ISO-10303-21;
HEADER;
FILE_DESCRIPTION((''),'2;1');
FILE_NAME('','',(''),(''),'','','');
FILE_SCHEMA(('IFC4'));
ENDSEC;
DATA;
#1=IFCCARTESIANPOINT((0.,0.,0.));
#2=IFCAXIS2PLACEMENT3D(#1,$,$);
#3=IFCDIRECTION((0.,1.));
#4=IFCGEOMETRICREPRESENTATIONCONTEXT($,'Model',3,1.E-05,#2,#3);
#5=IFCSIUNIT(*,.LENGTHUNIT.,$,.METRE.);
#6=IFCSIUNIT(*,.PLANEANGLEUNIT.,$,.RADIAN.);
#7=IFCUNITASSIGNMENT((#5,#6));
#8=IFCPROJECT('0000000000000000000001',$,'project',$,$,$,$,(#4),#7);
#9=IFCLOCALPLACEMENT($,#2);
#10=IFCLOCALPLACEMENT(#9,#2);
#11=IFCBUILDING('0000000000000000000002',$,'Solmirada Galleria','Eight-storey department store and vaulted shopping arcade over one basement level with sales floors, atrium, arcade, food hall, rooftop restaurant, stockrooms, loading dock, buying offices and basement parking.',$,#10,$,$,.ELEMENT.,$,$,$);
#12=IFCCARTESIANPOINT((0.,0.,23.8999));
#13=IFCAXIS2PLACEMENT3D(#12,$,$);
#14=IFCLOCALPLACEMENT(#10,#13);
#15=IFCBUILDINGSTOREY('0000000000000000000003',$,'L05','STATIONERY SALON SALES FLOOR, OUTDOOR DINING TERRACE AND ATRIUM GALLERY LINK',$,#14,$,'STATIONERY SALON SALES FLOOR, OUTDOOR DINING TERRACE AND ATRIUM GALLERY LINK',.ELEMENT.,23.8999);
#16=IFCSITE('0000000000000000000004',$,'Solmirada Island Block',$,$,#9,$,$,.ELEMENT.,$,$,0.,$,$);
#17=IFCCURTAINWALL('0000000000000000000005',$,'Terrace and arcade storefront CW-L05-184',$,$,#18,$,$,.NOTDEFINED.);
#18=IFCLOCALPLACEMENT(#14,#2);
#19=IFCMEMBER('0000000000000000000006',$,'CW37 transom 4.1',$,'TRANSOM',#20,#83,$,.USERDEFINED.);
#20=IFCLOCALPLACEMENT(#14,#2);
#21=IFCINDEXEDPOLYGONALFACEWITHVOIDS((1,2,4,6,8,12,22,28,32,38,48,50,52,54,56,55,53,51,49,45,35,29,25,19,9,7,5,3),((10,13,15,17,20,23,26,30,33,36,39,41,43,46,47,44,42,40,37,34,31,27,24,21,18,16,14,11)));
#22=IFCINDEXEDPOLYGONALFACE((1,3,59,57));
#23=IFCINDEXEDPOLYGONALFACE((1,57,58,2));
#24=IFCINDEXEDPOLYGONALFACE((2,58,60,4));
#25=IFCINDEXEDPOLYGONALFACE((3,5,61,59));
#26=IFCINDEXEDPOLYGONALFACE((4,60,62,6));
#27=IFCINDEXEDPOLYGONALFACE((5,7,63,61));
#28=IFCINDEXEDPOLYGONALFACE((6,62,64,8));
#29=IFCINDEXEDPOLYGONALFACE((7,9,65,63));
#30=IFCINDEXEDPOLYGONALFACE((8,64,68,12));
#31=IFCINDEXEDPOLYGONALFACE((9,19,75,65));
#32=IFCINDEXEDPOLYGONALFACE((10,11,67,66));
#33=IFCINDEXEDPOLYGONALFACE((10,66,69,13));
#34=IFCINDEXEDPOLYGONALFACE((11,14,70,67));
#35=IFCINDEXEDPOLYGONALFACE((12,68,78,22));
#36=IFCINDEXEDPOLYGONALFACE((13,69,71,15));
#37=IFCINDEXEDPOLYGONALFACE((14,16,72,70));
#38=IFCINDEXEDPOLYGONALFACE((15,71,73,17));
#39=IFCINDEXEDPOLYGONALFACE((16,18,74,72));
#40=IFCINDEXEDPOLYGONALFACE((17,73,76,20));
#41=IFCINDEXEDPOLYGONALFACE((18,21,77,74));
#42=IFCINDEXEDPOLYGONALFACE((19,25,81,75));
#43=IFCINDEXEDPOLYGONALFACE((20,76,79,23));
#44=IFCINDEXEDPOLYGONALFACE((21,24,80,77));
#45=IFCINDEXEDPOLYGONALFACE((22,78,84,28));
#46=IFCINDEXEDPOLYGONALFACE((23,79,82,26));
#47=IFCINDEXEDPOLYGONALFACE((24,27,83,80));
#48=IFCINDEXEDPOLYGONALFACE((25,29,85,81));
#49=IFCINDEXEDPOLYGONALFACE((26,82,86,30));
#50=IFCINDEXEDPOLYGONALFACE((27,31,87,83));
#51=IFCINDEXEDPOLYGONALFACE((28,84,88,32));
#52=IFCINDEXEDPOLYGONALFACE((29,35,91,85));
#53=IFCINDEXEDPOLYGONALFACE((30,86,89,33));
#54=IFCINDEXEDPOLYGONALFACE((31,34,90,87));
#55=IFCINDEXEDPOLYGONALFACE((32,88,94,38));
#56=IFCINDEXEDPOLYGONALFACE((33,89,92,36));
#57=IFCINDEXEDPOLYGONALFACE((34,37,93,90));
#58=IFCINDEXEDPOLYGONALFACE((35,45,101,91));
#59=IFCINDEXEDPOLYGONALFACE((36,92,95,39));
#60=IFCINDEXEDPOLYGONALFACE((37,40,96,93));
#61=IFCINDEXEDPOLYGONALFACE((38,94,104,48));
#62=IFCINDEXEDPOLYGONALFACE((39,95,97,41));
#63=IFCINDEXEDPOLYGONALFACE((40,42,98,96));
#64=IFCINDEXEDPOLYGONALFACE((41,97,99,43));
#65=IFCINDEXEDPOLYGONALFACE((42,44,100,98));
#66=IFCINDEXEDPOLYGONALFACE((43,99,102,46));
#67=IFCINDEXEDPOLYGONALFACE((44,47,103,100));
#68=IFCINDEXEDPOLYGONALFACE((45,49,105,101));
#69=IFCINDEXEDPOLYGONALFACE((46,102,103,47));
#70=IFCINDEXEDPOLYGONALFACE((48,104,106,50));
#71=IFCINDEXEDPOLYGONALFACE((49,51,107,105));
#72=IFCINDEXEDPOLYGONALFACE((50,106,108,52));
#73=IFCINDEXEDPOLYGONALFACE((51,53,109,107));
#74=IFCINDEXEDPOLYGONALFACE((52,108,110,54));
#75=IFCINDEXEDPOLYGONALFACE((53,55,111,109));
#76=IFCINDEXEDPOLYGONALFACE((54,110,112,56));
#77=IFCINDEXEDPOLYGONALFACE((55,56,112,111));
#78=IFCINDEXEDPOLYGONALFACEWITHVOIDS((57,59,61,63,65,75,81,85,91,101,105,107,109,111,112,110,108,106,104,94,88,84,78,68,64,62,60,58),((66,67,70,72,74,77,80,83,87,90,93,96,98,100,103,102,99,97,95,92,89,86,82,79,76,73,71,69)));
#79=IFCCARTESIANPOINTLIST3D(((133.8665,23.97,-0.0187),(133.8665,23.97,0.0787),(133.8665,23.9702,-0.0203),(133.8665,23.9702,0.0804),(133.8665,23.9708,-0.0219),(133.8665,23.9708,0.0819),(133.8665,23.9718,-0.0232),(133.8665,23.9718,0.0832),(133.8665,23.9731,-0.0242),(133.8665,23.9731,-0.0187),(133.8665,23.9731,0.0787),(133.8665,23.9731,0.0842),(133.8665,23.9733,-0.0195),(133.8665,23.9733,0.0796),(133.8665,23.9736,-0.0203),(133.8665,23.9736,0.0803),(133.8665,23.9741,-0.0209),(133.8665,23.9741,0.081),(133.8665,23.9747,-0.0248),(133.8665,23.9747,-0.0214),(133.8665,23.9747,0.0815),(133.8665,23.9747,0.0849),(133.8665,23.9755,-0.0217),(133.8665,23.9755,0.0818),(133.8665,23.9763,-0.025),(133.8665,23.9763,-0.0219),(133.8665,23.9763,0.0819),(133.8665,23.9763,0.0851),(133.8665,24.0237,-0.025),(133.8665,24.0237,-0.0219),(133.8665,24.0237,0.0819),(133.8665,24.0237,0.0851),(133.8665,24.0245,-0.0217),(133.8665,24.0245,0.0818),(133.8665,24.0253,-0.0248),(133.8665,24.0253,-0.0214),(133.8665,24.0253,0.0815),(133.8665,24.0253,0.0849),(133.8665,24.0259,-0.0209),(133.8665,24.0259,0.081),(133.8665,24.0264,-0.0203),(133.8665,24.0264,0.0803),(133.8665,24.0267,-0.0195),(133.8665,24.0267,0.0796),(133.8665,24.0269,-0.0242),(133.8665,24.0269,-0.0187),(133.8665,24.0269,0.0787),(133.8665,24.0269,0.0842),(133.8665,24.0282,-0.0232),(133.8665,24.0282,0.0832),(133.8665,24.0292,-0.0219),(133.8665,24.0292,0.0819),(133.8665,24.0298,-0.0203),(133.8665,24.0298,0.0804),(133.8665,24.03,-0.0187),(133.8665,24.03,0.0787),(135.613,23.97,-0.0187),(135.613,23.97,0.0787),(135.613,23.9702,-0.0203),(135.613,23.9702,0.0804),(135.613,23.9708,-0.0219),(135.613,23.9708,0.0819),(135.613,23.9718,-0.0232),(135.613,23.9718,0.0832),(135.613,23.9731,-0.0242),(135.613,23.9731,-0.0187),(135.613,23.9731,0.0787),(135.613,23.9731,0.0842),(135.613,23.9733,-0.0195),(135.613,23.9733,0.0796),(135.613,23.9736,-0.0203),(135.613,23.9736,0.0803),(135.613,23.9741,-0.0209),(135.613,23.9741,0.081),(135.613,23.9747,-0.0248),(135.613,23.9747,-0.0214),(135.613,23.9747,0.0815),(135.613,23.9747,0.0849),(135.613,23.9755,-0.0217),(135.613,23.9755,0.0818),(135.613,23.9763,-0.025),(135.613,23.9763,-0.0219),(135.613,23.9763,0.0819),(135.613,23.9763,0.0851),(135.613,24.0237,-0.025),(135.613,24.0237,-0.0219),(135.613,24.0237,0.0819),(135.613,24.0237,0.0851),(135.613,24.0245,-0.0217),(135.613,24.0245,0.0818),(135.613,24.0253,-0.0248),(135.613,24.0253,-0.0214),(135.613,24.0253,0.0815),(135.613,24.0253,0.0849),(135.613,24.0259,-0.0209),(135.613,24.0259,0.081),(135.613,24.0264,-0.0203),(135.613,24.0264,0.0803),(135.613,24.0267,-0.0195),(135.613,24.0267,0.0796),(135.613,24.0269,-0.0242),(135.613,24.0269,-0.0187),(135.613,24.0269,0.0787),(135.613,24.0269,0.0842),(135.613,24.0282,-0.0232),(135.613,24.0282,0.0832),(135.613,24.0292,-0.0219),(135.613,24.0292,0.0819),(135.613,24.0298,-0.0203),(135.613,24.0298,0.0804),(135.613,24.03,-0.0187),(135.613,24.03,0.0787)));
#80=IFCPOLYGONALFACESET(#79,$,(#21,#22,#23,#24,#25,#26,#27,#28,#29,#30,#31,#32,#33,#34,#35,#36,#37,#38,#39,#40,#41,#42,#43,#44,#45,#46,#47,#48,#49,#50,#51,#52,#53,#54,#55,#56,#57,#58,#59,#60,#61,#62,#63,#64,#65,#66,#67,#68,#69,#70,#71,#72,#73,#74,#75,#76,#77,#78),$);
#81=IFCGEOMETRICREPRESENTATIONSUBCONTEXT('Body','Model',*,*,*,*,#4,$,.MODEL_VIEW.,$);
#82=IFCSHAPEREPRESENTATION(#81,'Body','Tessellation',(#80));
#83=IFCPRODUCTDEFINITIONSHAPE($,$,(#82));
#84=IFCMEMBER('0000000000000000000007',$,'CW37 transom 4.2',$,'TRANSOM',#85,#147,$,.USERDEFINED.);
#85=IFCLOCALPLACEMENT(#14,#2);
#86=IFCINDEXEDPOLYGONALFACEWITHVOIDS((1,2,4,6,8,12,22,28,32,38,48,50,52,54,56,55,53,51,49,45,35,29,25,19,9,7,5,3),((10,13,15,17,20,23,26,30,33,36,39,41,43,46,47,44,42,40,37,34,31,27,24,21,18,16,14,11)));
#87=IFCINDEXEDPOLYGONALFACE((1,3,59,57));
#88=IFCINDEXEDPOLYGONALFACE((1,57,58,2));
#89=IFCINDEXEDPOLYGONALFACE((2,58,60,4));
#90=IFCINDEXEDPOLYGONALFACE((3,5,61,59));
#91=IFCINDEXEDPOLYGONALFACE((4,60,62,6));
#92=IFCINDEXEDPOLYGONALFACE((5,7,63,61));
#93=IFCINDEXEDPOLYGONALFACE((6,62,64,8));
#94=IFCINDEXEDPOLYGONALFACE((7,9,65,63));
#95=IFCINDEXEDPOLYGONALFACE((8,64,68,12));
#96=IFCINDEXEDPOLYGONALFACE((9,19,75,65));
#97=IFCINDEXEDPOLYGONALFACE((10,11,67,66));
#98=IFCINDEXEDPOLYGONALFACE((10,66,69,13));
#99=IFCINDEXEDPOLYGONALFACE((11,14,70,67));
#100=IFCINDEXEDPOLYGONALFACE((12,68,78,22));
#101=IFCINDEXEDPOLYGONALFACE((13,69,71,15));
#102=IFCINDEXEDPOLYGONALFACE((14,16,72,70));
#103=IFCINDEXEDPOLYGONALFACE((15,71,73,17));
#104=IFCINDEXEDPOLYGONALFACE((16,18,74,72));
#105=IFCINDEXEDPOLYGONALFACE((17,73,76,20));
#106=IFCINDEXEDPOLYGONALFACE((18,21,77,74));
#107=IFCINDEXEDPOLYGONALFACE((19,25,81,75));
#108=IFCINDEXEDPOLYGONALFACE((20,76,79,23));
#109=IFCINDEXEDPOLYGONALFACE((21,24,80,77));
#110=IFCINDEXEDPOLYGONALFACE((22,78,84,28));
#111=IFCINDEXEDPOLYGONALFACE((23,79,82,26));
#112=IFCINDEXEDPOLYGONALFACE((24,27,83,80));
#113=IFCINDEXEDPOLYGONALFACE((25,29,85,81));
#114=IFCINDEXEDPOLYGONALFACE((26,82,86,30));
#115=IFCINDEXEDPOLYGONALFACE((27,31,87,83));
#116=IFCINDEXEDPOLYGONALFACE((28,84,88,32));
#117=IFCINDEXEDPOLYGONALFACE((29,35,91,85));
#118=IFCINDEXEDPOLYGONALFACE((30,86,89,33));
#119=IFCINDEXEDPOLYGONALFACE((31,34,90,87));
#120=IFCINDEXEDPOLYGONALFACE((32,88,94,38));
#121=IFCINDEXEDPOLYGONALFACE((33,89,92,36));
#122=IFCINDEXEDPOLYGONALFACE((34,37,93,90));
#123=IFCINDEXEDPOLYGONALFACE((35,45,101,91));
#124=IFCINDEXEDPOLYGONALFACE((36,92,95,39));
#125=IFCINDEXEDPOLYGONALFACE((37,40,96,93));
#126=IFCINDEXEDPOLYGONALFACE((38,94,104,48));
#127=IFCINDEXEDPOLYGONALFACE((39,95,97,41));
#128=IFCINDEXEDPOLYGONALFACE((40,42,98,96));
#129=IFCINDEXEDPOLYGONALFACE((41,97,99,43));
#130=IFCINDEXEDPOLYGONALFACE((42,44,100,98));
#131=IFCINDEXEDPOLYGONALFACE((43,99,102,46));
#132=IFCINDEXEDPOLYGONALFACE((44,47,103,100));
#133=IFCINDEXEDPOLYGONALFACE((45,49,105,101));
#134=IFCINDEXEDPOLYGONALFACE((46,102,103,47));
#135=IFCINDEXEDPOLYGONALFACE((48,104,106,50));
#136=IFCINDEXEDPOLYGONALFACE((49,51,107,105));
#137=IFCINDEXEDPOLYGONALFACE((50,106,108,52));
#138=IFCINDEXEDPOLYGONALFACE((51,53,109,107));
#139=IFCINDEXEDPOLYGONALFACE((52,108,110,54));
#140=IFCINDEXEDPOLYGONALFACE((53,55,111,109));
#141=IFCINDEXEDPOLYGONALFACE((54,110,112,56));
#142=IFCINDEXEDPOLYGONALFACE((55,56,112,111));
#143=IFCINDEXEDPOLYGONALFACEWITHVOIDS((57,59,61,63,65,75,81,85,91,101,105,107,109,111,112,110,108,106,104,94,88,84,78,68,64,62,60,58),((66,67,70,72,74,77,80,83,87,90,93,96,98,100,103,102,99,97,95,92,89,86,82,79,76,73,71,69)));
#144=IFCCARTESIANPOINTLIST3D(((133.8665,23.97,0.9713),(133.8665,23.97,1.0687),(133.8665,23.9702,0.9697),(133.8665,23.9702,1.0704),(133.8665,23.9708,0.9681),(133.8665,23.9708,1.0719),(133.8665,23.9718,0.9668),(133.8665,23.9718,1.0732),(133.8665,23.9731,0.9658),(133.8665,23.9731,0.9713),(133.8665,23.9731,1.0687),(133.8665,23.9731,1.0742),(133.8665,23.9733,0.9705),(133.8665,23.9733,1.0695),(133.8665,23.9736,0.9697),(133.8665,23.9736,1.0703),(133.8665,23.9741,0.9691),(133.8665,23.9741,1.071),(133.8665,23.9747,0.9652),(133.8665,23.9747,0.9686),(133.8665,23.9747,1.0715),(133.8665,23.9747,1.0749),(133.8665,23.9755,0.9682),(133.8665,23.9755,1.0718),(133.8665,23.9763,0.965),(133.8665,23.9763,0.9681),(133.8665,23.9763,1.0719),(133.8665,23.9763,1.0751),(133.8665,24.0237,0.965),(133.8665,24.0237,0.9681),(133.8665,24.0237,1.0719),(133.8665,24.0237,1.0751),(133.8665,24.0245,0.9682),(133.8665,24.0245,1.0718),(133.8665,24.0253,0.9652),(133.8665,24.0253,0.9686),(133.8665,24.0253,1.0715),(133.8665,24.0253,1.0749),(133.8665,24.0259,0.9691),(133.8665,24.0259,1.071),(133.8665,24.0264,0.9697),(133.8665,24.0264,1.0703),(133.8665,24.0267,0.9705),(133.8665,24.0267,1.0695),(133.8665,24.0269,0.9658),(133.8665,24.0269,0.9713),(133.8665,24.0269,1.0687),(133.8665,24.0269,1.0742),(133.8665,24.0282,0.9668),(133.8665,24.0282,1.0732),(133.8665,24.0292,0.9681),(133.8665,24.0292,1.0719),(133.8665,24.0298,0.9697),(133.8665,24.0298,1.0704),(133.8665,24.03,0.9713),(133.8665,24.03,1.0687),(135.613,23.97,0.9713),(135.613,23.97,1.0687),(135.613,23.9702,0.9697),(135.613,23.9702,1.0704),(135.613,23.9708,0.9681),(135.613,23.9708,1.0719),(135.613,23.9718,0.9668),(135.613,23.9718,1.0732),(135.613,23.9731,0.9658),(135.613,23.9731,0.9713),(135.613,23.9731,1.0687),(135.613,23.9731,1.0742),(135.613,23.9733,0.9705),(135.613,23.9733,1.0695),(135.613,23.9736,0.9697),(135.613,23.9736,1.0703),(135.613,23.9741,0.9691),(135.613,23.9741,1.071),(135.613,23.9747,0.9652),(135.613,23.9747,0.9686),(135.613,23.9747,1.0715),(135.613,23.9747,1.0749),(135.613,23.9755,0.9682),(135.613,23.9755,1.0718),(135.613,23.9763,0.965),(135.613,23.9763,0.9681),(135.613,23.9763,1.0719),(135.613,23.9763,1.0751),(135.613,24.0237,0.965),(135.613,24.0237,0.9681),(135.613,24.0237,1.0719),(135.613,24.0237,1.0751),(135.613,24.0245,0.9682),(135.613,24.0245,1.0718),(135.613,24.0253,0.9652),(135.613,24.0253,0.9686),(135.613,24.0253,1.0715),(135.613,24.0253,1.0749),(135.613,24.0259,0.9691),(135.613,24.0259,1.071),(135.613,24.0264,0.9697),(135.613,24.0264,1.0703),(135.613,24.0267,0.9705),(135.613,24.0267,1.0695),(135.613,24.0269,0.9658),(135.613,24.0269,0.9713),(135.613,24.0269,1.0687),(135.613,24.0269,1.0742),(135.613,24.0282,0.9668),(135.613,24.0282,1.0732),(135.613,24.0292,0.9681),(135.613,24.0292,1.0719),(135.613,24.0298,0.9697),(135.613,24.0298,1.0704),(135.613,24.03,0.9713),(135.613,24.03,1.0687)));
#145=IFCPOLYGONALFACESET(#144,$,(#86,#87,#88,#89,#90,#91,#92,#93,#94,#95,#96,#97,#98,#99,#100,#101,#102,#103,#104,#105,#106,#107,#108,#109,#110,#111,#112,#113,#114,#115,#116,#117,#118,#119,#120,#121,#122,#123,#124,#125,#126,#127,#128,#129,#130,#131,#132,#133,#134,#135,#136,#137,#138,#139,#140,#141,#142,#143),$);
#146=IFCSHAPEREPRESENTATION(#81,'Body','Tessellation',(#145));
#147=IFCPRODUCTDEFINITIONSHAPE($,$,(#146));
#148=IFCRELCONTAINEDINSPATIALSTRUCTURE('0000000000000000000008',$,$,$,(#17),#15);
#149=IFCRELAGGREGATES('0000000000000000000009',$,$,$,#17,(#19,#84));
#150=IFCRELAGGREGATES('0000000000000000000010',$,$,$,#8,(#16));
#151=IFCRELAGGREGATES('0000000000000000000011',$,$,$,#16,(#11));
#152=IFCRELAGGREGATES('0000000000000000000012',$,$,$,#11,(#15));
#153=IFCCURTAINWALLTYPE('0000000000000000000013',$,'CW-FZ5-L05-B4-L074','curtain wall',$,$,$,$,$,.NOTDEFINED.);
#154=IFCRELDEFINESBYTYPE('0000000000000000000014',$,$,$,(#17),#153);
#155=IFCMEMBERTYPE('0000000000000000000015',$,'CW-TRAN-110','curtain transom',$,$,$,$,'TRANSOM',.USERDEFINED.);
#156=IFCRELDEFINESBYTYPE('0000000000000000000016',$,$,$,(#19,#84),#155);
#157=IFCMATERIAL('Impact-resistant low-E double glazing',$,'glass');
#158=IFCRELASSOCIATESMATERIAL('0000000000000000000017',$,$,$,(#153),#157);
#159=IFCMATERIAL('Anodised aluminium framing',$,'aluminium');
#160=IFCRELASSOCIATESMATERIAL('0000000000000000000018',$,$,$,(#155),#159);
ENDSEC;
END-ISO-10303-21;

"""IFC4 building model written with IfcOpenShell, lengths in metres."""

from ifc_helpers import new_model, si_unit, direction, frame, origin, origin_2d, place, context, subcontext, project, spatial, hollow_rectangle, extrude, material, material_profile, profile_set, type_object, element, aggregate, save


model = new_model("IFC4")

# Units and contexts
model_context = context("Model", 3, precision=1e-05, world=origin(), true_north=direction((0.0, 1.0)))
body_context = subcontext(model_context, "Body", "Model", "MODEL_VIEW")
ifc_project = project(units=[si_unit("LENGTHUNIT", "METRE"), si_unit("PLANEANGLEUNIT", "RADIAN")], contexts=[model_context])

# Site, building, storey
site_placement = place(None, origin())
site = spatial("IfcSite", under=ifc_project, at=site_placement, Name="Solmirada Island Block", CompositionType="ELEMENT", RefElevation=0.0)
building_placement = place(site_placement, origin())
building = spatial("IfcBuilding", under=site, at=building_placement, Name="Solmirada Galleria", Description="Eight-storey department store and vaulted shopping arcade over one basement level with sales floors, atrium, arcade, food hall, rooftop restaurant, stockrooms, loading dock, buying offices and basement parking.", CompositionType="ELEMENT")
storey_placement = place(building_placement, frame((0.0, 0.0, 23.8999)))
storey = spatial("IfcBuildingStorey", under=building, at=storey_placement, Name="L05", Description="STATIONERY SALON SALES FLOOR, OUTDOOR DINING TERRACE AND ATRIUM GALLERY LINK", LongName="STATIONERY SALON SALES FLOOR, OUTDOOR DINING TERRACE AND ATRIUM GALLERY LINK", CompositionType="ELEMENT", Elevation=23.8999)

# Curtain wall, members
ifc_material_1 = material(Name="Impact-resistant low-E double glazing", Category="glass")
curtain_wall_type = type_object("IfcCurtainWallType", Name="CW-FZ5-L05-B4-L074", Description="curtain wall", PredefinedType="NOTDEFINED", material=ifc_material_1)
curtain_wall_placement = place(storey_placement, origin())
curtain_wall = element("IfcCurtainWall", 1, at=curtain_wall_placement, inside=storey, type_object=curtain_wall_type, Name="Terrace and arcade storefront CW-L05-184", PredefinedType="NOTDEFINED")
ifc_material_2 = material(Name="Anodised aluminium framing", Category="aluminium")
ifc_material_profile_1 = material_profile(ifc_material_2, hollow_rectangle(XDim=0.0601, YDim=0.1101, WallThickness=0.0032, InnerFilletRadius=0.0032, OuterFilletRadius=0.0063, at=origin_2d()), Name="ALU-TRAN-110X60")
ifc_profile_set_1 = profile_set([ifc_material_profile_1], Name="Anodised aluminium framing")
member_type_1 = type_object("IfcMemberType", Name="CW-TRAN-110", Description="curtain transom", ElementType="TRANSOM", PredefinedType="USERDEFINED", material=ifc_profile_set_1)
member_1_placement = place(storey_placement, frame((133.8665, 24.0, 0.03), z_axis=(1.0, 0.0, 0.0), x_axis=(0.0, 1.0, 0.0)))
member_1 = element("IfcMember", 2, at=member_1_placement, type_object=member_type_1, Name="CW37 transom 4.1", ObjectType="TRANSOM", PredefinedType="USERDEFINED", context=body_context, shape_type="SweptSolid", body=[
    extrude(hollow_rectangle(XDim=0.0601, YDim=0.1101, WallThickness=0.0032, InnerFilletRadius=0.0032, OuterFilletRadius=0.0063, at=origin_2d()), origin(), (0.0, 0.0, 1.0), 1.7466),
])
member_2_placement = place(storey_placement, frame((133.8665, 24.0, 1.02), z_axis=(1.0, 0.0, 0.0), x_axis=(0.0, 1.0, 0.0)))
member_2 = element("IfcMember", 3, at=member_2_placement, type_object=member_type_1, Name="CW37 transom 4.2", ObjectType="TRANSOM", PredefinedType="USERDEFINED", context=body_context, shape_type="SweptSolid", body=[
    extrude(hollow_rectangle(XDim=0.0601, YDim=0.1101, WallThickness=0.0032, InnerFilletRadius=0.0032, OuterFilletRadius=0.0063, at=origin_2d()), origin(), (0.0, 0.0, 1.0), 1.7466),
])
aggregate(curtain_wall, [member_1, member_2])

save(model, "model.ifc")
